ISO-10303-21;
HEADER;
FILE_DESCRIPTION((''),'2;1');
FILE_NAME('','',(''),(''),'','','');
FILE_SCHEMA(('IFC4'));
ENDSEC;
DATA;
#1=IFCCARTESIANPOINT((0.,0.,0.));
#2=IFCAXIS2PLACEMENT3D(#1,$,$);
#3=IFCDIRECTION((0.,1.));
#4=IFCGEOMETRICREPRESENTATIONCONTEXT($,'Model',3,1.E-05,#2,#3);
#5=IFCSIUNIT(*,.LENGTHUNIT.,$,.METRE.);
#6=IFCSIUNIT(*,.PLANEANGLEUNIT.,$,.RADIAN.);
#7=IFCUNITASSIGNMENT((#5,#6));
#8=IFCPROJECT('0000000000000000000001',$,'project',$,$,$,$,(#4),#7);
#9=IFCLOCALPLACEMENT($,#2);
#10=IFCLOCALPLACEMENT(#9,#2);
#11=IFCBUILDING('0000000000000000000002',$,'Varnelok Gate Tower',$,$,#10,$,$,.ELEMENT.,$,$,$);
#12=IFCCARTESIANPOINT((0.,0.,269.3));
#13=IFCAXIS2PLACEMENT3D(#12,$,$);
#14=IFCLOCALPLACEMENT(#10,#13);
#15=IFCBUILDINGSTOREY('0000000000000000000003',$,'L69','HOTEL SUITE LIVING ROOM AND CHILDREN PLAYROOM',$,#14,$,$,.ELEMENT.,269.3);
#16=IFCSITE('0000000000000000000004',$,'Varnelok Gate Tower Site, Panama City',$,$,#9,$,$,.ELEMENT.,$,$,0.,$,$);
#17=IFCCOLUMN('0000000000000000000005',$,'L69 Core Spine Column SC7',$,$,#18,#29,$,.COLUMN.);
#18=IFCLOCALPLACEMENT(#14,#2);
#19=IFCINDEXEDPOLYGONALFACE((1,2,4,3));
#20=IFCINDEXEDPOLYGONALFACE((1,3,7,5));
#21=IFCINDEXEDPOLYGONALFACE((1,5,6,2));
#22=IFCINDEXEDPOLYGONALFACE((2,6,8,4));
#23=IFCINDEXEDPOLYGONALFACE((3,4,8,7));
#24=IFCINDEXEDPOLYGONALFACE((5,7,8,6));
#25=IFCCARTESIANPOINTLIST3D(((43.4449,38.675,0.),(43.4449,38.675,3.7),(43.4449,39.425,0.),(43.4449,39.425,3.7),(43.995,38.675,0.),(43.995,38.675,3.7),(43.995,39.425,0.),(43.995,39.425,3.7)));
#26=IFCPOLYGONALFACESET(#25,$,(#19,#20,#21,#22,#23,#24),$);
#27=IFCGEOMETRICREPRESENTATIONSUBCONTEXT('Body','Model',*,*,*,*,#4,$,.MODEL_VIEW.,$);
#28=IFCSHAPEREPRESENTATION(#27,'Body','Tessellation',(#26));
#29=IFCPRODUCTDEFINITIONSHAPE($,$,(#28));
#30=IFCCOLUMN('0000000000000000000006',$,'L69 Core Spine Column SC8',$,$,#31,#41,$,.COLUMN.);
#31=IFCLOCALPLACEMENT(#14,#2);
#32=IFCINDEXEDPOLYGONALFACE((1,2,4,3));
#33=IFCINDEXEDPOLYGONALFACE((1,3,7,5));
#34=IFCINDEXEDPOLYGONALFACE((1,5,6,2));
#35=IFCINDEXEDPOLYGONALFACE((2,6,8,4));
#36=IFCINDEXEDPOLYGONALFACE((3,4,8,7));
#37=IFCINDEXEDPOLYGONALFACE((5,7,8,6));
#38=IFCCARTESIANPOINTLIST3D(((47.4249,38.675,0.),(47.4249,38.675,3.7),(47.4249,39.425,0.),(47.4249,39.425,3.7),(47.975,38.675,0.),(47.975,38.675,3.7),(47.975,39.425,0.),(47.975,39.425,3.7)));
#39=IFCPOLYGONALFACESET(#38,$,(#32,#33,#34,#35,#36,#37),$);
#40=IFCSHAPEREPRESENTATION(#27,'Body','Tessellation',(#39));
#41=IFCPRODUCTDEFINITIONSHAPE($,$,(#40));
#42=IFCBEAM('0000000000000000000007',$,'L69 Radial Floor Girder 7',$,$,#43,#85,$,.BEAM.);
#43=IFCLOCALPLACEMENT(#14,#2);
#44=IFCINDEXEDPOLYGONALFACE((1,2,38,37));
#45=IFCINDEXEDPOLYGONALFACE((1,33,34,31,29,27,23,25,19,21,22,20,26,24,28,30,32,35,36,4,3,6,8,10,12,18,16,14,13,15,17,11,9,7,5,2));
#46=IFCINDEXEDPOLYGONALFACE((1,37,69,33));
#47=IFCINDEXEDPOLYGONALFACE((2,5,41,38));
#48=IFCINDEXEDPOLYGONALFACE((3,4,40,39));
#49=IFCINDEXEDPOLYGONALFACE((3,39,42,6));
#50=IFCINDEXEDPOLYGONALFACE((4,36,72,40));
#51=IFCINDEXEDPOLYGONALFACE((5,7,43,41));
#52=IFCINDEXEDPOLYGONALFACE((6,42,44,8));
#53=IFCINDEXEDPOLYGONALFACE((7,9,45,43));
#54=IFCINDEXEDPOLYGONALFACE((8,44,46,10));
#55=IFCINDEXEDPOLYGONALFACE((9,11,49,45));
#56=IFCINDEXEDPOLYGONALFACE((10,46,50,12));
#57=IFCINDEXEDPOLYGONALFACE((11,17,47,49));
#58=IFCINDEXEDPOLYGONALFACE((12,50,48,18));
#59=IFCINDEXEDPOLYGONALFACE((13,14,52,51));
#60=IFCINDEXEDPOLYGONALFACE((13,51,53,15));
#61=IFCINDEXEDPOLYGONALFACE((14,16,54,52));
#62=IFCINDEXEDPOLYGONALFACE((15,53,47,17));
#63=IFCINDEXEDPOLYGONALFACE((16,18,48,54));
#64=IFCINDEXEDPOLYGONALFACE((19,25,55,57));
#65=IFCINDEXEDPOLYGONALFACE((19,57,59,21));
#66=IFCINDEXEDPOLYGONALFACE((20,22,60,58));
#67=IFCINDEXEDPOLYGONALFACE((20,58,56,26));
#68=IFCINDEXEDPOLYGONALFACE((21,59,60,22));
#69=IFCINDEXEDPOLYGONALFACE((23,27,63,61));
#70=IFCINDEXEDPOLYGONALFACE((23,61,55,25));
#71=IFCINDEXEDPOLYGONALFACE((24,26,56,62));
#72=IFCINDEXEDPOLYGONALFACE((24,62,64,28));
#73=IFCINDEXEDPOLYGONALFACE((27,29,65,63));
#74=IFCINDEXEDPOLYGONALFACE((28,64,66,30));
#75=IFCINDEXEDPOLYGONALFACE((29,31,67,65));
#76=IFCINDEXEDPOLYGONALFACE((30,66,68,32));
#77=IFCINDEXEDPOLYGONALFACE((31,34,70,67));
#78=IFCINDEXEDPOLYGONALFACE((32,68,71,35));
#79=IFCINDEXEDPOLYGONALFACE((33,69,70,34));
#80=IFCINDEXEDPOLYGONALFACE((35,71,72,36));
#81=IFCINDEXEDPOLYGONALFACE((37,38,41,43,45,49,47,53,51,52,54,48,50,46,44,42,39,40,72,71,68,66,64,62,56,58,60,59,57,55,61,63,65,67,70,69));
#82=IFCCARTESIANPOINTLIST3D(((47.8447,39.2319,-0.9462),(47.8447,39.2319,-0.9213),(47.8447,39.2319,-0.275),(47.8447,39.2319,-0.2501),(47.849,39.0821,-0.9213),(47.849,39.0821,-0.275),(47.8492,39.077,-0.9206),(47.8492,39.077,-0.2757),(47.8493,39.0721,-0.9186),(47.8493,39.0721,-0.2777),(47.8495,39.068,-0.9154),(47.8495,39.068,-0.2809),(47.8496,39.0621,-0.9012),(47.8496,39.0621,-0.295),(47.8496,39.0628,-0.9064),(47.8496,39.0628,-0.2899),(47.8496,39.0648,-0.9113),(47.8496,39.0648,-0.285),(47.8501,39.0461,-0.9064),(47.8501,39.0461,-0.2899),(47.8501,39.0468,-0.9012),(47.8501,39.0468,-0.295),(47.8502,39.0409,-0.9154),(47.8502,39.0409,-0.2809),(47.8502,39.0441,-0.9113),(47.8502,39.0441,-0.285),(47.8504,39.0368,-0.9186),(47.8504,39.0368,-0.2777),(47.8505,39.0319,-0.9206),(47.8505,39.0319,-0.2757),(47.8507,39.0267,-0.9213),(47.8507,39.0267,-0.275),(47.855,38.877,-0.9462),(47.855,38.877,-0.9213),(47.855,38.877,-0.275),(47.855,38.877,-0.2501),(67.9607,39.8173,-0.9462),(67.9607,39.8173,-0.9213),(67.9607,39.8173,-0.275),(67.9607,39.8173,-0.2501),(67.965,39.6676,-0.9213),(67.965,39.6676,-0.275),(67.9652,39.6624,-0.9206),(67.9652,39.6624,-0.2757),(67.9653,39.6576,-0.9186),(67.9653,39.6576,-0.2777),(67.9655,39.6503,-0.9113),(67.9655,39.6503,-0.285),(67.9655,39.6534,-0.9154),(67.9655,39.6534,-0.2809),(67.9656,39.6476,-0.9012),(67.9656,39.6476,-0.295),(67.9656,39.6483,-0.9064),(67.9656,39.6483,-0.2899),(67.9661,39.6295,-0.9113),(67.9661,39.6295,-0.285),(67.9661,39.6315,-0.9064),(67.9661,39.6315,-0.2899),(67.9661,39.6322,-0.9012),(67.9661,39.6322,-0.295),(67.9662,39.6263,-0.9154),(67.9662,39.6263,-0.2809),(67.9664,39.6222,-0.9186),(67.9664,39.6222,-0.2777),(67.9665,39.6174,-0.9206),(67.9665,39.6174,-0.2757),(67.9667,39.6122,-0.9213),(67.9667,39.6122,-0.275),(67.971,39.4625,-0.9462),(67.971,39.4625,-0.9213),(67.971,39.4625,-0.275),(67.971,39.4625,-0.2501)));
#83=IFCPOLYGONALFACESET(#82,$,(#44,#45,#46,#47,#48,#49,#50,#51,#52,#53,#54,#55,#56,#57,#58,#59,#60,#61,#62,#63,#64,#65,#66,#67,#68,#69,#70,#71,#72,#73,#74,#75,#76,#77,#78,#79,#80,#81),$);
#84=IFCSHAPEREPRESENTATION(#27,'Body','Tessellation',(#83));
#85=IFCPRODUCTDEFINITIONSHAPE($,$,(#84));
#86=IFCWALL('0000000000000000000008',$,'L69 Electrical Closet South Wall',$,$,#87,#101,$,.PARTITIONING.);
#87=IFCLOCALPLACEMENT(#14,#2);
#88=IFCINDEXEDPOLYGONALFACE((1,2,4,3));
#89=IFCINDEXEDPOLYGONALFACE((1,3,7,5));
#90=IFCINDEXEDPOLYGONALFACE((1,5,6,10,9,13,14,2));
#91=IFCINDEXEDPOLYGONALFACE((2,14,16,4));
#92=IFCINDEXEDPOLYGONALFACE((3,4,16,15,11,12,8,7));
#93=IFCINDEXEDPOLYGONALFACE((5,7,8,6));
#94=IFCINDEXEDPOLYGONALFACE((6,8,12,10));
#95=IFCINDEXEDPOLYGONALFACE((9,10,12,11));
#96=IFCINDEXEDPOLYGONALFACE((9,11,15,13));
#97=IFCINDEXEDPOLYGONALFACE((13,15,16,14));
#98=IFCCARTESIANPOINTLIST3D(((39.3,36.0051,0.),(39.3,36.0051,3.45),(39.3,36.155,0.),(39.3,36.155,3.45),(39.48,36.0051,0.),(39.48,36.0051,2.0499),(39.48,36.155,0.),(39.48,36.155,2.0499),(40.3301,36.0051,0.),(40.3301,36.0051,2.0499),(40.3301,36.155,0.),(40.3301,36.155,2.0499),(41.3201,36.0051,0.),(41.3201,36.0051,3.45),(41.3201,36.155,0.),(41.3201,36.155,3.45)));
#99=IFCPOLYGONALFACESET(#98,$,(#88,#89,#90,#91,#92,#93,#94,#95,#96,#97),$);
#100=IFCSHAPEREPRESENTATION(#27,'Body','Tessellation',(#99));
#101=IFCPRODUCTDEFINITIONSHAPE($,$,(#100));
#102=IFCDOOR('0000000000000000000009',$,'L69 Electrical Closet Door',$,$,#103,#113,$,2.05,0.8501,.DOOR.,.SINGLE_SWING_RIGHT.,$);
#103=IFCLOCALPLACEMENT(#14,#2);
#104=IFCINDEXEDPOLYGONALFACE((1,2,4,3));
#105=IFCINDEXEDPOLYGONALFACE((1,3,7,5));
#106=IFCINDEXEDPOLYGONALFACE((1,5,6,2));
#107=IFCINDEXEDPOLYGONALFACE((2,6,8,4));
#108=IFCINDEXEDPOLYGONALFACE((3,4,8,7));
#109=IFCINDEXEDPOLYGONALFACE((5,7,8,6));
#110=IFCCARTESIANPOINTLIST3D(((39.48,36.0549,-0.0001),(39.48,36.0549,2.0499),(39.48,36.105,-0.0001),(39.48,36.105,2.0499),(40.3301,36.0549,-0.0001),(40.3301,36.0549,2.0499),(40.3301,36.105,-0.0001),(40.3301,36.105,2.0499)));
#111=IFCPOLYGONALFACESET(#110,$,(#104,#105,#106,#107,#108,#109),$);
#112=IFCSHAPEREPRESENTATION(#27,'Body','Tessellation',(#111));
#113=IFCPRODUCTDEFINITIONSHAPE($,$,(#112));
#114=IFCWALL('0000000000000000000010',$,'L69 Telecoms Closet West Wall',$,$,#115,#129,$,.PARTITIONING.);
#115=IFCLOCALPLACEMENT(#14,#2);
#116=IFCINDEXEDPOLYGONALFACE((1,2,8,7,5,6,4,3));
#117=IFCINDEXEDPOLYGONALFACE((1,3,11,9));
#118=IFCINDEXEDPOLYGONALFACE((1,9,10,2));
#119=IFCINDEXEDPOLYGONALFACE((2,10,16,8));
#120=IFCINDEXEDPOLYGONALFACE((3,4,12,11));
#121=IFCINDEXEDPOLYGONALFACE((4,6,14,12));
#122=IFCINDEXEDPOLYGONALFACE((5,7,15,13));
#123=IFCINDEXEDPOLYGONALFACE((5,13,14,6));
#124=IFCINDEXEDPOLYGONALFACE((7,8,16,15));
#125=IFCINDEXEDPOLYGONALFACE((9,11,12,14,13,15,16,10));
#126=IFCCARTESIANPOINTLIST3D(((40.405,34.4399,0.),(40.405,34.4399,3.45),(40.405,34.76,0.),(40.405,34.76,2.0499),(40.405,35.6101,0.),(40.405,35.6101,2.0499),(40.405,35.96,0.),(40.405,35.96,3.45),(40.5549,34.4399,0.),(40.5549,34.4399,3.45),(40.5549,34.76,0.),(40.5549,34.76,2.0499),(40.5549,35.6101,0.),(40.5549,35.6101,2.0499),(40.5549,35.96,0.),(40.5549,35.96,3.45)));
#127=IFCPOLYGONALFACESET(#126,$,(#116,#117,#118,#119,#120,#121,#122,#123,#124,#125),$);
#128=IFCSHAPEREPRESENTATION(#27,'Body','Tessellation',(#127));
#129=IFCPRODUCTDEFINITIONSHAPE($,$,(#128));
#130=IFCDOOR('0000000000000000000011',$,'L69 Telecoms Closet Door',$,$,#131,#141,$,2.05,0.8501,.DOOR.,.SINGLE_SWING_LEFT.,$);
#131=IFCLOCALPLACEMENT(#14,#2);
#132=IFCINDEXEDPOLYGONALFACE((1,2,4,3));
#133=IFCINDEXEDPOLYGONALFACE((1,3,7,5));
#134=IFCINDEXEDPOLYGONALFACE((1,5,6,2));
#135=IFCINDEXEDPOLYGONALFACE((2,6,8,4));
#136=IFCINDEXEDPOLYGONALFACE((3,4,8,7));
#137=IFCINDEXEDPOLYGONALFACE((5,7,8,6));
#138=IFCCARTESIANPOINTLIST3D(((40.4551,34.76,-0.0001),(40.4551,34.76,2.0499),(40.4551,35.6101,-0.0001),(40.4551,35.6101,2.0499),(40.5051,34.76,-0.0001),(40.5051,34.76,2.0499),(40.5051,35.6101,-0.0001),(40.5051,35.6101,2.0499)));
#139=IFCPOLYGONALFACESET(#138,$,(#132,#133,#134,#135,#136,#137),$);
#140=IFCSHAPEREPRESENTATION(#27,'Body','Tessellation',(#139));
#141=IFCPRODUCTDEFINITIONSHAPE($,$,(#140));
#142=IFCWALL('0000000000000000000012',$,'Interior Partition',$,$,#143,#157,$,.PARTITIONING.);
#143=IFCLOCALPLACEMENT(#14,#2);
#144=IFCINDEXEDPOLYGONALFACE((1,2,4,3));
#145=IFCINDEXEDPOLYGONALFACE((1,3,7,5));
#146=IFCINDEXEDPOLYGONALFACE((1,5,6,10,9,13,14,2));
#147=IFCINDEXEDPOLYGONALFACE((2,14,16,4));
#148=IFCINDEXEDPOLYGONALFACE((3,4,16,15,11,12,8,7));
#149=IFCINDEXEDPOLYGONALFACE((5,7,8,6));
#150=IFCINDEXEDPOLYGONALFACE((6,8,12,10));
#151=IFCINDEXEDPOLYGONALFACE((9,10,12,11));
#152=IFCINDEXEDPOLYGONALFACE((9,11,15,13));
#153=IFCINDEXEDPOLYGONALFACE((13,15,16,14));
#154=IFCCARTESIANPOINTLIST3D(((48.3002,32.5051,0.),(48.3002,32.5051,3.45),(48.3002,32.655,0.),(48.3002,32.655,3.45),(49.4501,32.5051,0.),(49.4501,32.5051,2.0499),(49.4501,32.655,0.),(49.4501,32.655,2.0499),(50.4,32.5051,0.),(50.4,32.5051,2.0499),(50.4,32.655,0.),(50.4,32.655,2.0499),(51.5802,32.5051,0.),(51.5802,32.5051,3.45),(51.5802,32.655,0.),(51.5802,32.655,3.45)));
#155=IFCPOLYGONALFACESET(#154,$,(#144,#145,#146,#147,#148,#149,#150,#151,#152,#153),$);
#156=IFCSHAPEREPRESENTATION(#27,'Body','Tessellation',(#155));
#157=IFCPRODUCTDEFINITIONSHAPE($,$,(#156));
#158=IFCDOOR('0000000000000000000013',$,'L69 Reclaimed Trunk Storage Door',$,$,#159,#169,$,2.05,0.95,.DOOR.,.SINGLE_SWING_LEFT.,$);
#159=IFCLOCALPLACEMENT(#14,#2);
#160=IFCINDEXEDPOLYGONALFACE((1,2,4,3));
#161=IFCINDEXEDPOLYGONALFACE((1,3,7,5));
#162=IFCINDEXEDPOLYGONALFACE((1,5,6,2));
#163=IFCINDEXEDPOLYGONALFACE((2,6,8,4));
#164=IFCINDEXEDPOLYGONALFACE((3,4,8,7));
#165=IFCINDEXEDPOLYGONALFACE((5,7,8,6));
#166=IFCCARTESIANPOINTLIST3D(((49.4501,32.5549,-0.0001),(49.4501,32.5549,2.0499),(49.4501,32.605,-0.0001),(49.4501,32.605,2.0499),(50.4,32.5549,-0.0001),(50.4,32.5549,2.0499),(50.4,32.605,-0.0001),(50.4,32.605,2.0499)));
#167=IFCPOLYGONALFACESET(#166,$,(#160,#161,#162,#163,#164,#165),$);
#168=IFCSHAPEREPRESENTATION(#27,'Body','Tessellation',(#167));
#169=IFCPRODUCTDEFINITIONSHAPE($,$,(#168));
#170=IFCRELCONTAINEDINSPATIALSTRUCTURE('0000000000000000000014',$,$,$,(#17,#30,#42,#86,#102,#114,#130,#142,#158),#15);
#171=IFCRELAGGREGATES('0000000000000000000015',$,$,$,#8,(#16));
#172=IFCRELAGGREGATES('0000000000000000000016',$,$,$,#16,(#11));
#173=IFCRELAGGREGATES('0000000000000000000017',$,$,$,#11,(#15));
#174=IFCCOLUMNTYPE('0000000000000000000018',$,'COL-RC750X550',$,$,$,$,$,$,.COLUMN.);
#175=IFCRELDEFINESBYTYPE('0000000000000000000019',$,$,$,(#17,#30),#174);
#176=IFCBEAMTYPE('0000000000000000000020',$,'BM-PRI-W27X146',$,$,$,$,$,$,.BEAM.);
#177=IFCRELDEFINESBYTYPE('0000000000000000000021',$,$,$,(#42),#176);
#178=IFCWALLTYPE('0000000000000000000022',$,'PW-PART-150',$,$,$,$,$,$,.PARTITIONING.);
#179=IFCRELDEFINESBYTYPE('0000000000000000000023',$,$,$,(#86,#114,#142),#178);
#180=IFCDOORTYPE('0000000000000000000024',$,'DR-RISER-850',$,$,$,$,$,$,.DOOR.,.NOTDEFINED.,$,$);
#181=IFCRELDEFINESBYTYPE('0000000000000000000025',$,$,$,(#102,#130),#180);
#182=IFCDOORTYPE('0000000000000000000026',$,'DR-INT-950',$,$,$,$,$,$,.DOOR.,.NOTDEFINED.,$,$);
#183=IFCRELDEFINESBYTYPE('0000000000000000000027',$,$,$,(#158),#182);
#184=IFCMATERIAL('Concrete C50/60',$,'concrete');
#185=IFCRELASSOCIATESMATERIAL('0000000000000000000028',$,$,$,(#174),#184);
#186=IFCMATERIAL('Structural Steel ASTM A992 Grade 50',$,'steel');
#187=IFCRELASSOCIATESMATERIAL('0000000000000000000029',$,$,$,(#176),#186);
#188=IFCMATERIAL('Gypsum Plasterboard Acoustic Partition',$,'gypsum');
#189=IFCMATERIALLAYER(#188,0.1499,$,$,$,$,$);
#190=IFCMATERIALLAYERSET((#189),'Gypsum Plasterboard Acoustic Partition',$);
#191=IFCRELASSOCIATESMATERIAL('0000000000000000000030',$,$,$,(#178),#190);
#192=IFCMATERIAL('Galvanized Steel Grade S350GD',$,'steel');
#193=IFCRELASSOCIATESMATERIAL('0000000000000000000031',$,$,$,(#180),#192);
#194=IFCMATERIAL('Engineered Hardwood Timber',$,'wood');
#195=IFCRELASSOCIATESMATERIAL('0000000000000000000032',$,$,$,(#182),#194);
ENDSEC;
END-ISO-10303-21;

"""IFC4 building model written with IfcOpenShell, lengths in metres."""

from ifc_helpers import new_model, si_unit, direction, frame, frame_2d, origin, origin_2d, place, context, subcontext, project, spatial, rectangle, i_section, extrude, material, layer, layer_set, material_profile, profile_set, type_object, element, fill, save


model = new_model("IFC4")

# Units and contexts
model_context = context("Model", 3, precision=1e-05, world=origin(), true_north=direction((0.0, 1.0)))
body_context = subcontext(model_context, "Body", "Model", "MODEL_VIEW")
ifc_project = project(units=[si_unit("LENGTHUNIT", "METRE"), si_unit("PLANEANGLEUNIT", "RADIAN")], contexts=[model_context])

# Site, building, storey
site_placement = place(None, origin())
site = spatial("IfcSite", under=ifc_project, at=site_placement, Name="Varnelok Gate Tower Site, Panama City", CompositionType="ELEMENT", RefElevation=0.0)
building_placement = place(site_placement, origin())
building = spatial("IfcBuilding", under=site, at=building_placement, Name="Varnelok Gate Tower", CompositionType="ELEMENT")
storey_placement = place(building_placement, frame((0.0, 0.0, 269.3)))
storey = spatial("IfcBuildingStorey", under=building, at=storey_placement, Name="L69", Description="HOTEL SUITE LIVING ROOM AND CHILDREN PLAYROOM", CompositionType="ELEMENT", Elevation=269.3)

# Columns
ifc_material_1 = material(Name="Concrete C50/60", Category="concrete")
ifc_material_profile_1 = material_profile(ifc_material_1, rectangle(XDim=0.55, YDim=0.75, at=origin_2d()), Name="RC750X550")
ifc_profile_set_1 = profile_set([ifc_material_profile_1], Name="Concrete C50/60")
column_type = type_object("IfcColumnType", Name="COL-RC750X550", PredefinedType="COLUMN", material=ifc_profile_set_1)
for number, where, z_axis, x_axis, name in (
    (1, (43.72, 39.05, 0.0), (0.0, 0.0, 1.0), (1.0, 0.0, 0.0), "L69 Core Spine Column SC7"),
    (2, (47.7, 39.05, 0.0), (0.0, 0.0, 1.0), (1.0, 0.0, 0.0), "L69 Core Spine Column SC8"),
):
    element("IfcColumn", number, at=place(storey_placement, frame(where, z_axis=z_axis, x_axis=x_axis)), inside=storey, type_object=column_type, Name=name, PredefinedType="COLUMN", context=body_context, shape_type="SweptSolid", body=[
        extrude(rectangle(XDim=0.55, YDim=0.75, at=origin_2d()), origin(), (0.0, 0.0, 1.0), 3.7),
    ])

# Beam
ifc_material_2 = material(Name="Structural Steel ASTM A992 Grade 50", Category="steel")
ifc_material_profile_2 = material_profile(ifc_material_2, i_section(OverallWidth=0.355, OverallDepth=0.696, WebThickness=0.0154, FlangeThickness=0.0249, FilletRadius=0.02, at=origin_2d()), Name="W27X146")
ifc_profile_set_2 = profile_set([ifc_material_profile_2], Name="Structural Steel ASTM A992 Grade 50")
beam_type = type_object("IfcBeamType", Name="BM-PRI-W27X146", PredefinedType="BEAM", material=ifc_profile_set_2)
beam_placement = place(storey_placement, frame((47.8499, 39.0544, -0.5981), z_axis=(0.999577, 0.029091, 0.0), x_axis=(-0.029091, 0.999577, 0.0)))
element("IfcBeam", 3, at=beam_placement, inside=storey, type_object=beam_type, Name="L69 Radial Floor Girder 7", PredefinedType="BEAM", context=body_context, shape_type="SweptSolid", body=[
    extrude(i_section(OverallWidth=0.355, OverallDepth=0.696, WebThickness=0.0154, FlangeThickness=0.0249, FilletRadius=0.02, at=origin_2d()), origin(), (0.0, 0.0, 1.0), 20.1245),
])

# Walls, openings, doors
ifc_material_3 = material(Name="Gypsum Plasterboard Acoustic Partition", Category="gypsum")
ifc_layer_1 = layer(ifc_material_3, 0.1499)
ifc_layer_set_1 = layer_set([ifc_layer_1], Name="Gypsum Plasterboard Acoustic Partition")
wall_type_1 = type_object("IfcWallType", Name="PW-PART-150", PredefinedType="PARTITIONING", material=ifc_layer_set_1)
wall_1_placement = place(storey_placement, frame((39.3, 36.0801, 0.0), z_axis=(0.0, 0.0, 1.0), x_axis=(1.0, 0.0, 0.0)))
wall_1 = element("IfcWall", 4, at=wall_1_placement, inside=storey, type_object=wall_type_1, Name="L69 Electrical Closet South Wall", PredefinedType="PARTITIONING", context=body_context, shape_type="SweptSolid", body=[
    extrude(rectangle(XDim=2.02, YDim=0.1499, at=frame_2d((1.01, 0.0))), origin(), (0.0, 0.0, 1.0), 3.45),
])
opening_1_placement = place(wall_1_placement, frame((0.1799, 0.0, 0.0)))
opening_1 = element("IfcOpeningElement", 5, at=opening_1_placement, cuts=wall_1, PredefinedType="OPENING", context=body_context, shape_type="SweptSolid", body=[
    extrude(rectangle(XDim=0.8501, YDim=2.05, at=frame_2d((0.425, 1.0249))), frame((0.0, 0.085, 0.0), z_axis=(0.0, -1.0, 0.0), x_axis=(1.0, 0.0, 0.0)), (0.0, 0.0, 1.0), 0.1699),
])
ifc_material_4 = material(Name="Galvanized Steel Grade S350GD", Category="steel")
door_type_1 = type_object("IfcDoorType", Name="DR-RISER-850", OperationType="NOTDEFINED", PredefinedType="DOOR", material=ifc_material_4)
door_1_placement = place(opening_1_placement, origin())
door_1 = element("IfcDoor", 6, at=door_1_placement, inside=storey, type_object=door_type_1, Name="L69 Electrical Closet Door", OperationType="SINGLE_SWING_RIGHT", OverallHeight=2.05, OverallWidth=0.8501, PredefinedType="DOOR", context=body_context, shape_type="SweptSolid", body=[
    extrude(rectangle(XDim=0.8501, YDim=2.05, at=frame_2d((0.425, 1.0249))), frame((0.0, 0.0249, 0.0), z_axis=(0.0, -1.0, 0.0), x_axis=(1.0, 0.0, 0.0)), (0.0, 0.0, 1.0), 0.05),
])
fill(opening_1, door_1)
wall_2_placement = place(storey_placement, frame((40.48, 34.4399, 0.0), z_axis=(0.0, 0.0, 1.0), x_axis=(0.0, 1.0, 0.0)))
wall_2 = element("IfcWall", 7, at=wall_2_placement, inside=storey, type_object=wall_type_1, Name="L69 Telecoms Closet West Wall", PredefinedType="PARTITIONING", context=body_context, shape_type="SweptSolid", body=[
    extrude(rectangle(XDim=1.52, YDim=0.1499, at=frame_2d((0.76, 0.0))), origin(), (0.0, 0.0, 1.0), 3.45),
])
opening_2_placement = place(wall_2_placement, frame((0.3201, 0.0, 0.0)))
opening_2 = element("IfcOpeningElement", 8, at=opening_2_placement, cuts=wall_2, PredefinedType="OPENING", context=body_context, shape_type="SweptSolid", body=[
    extrude(rectangle(XDim=0.8501, YDim=2.05, at=frame_2d((0.425, 1.0249))), frame((0.0, 0.085, 0.0), z_axis=(0.0, -1.0, 0.0), x_axis=(1.0, 0.0, 0.0)), (0.0, 0.0, 1.0), 0.1699),
])
door_2_placement = place(opening_2_placement, origin())
door_2 = element("IfcDoor", 9, at=door_2_placement, inside=storey, type_object=door_type_1, Name="L69 Telecoms Closet Door", OperationType="SINGLE_SWING_LEFT", OverallHeight=2.05, OverallWidth=0.8501, PredefinedType="DOOR", context=body_context, shape_type="SweptSolid", body=[
    extrude(rectangle(XDim=0.8501, YDim=2.05, at=frame_2d((0.425, 1.0249))), frame((0.0, 0.0249, 0.0), z_axis=(0.0, -1.0, 0.0), x_axis=(1.0, 0.0, 0.0)), (0.0, 0.0, 1.0), 0.05),
])
fill(opening_2, door_2)
wall_3_placement = place(storey_placement, frame((48.3, 32.5801, 0.0), z_axis=(0.0, 0.0, 1.0), x_axis=(1.0, 0.0, 0.0)))
wall_3 = element("IfcWall", 10, at=wall_3_placement, inside=storey, type_object=wall_type_1, Name="Interior Partition", PredefinedType="PARTITIONING", context=body_context, shape_type="SweptSolid", body=[
    extrude(rectangle(XDim=3.28, YDim=0.1499, at=frame_2d((1.6401, 0.0))), origin(), (0.0, 0.0, 1.0), 3.45),
])
opening_3_placement = place(wall_3_placement, frame((1.1499, 0.0, 0.0)))
opening_3 = element("IfcOpeningElement", 11, at=opening_3_placement, cuts=wall_3, PredefinedType="OPENING", context=body_context, shape_type="SweptSolid", body=[
    extrude(rectangle(XDim=0.95, YDim=2.05, at=frame_2d((0.4751, 1.0249))), frame((0.0, 0.085, 0.0), z_axis=(0.0, -1.0, 0.0), x_axis=(1.0, 0.0, 0.0)), (0.0, 0.0, 1.0), 0.1699),
])
ifc_material_5 = material(Name="Engineered Hardwood Timber", Category="wood")
door_type_2 = type_object("IfcDoorType", Name="DR-INT-950", OperationType="NOTDEFINED", PredefinedType="DOOR", material=ifc_material_5)
door_3_placement = place(opening_3_placement, origin())
door_3 = element("IfcDoor", 12, at=door_3_placement, inside=storey, type_object=door_type_2, Name="L69 Reclaimed Trunk Storage Door", OperationType="SINGLE_SWING_LEFT", OverallHeight=2.05, OverallWidth=0.95, PredefinedType="DOOR", context=body_context, shape_type="SweptSolid", body=[
    extrude(rectangle(XDim=0.95, YDim=2.05, at=frame_2d((0.4751, 1.0249))), frame((0.0, 0.0249, 0.0), z_axis=(0.0, -1.0, 0.0), x_axis=(1.0, 0.0, 0.0)), (0.0, 0.0, 1.0), 0.05),
])
fill(opening_3, door_3)

save(model, "model.ifc")
